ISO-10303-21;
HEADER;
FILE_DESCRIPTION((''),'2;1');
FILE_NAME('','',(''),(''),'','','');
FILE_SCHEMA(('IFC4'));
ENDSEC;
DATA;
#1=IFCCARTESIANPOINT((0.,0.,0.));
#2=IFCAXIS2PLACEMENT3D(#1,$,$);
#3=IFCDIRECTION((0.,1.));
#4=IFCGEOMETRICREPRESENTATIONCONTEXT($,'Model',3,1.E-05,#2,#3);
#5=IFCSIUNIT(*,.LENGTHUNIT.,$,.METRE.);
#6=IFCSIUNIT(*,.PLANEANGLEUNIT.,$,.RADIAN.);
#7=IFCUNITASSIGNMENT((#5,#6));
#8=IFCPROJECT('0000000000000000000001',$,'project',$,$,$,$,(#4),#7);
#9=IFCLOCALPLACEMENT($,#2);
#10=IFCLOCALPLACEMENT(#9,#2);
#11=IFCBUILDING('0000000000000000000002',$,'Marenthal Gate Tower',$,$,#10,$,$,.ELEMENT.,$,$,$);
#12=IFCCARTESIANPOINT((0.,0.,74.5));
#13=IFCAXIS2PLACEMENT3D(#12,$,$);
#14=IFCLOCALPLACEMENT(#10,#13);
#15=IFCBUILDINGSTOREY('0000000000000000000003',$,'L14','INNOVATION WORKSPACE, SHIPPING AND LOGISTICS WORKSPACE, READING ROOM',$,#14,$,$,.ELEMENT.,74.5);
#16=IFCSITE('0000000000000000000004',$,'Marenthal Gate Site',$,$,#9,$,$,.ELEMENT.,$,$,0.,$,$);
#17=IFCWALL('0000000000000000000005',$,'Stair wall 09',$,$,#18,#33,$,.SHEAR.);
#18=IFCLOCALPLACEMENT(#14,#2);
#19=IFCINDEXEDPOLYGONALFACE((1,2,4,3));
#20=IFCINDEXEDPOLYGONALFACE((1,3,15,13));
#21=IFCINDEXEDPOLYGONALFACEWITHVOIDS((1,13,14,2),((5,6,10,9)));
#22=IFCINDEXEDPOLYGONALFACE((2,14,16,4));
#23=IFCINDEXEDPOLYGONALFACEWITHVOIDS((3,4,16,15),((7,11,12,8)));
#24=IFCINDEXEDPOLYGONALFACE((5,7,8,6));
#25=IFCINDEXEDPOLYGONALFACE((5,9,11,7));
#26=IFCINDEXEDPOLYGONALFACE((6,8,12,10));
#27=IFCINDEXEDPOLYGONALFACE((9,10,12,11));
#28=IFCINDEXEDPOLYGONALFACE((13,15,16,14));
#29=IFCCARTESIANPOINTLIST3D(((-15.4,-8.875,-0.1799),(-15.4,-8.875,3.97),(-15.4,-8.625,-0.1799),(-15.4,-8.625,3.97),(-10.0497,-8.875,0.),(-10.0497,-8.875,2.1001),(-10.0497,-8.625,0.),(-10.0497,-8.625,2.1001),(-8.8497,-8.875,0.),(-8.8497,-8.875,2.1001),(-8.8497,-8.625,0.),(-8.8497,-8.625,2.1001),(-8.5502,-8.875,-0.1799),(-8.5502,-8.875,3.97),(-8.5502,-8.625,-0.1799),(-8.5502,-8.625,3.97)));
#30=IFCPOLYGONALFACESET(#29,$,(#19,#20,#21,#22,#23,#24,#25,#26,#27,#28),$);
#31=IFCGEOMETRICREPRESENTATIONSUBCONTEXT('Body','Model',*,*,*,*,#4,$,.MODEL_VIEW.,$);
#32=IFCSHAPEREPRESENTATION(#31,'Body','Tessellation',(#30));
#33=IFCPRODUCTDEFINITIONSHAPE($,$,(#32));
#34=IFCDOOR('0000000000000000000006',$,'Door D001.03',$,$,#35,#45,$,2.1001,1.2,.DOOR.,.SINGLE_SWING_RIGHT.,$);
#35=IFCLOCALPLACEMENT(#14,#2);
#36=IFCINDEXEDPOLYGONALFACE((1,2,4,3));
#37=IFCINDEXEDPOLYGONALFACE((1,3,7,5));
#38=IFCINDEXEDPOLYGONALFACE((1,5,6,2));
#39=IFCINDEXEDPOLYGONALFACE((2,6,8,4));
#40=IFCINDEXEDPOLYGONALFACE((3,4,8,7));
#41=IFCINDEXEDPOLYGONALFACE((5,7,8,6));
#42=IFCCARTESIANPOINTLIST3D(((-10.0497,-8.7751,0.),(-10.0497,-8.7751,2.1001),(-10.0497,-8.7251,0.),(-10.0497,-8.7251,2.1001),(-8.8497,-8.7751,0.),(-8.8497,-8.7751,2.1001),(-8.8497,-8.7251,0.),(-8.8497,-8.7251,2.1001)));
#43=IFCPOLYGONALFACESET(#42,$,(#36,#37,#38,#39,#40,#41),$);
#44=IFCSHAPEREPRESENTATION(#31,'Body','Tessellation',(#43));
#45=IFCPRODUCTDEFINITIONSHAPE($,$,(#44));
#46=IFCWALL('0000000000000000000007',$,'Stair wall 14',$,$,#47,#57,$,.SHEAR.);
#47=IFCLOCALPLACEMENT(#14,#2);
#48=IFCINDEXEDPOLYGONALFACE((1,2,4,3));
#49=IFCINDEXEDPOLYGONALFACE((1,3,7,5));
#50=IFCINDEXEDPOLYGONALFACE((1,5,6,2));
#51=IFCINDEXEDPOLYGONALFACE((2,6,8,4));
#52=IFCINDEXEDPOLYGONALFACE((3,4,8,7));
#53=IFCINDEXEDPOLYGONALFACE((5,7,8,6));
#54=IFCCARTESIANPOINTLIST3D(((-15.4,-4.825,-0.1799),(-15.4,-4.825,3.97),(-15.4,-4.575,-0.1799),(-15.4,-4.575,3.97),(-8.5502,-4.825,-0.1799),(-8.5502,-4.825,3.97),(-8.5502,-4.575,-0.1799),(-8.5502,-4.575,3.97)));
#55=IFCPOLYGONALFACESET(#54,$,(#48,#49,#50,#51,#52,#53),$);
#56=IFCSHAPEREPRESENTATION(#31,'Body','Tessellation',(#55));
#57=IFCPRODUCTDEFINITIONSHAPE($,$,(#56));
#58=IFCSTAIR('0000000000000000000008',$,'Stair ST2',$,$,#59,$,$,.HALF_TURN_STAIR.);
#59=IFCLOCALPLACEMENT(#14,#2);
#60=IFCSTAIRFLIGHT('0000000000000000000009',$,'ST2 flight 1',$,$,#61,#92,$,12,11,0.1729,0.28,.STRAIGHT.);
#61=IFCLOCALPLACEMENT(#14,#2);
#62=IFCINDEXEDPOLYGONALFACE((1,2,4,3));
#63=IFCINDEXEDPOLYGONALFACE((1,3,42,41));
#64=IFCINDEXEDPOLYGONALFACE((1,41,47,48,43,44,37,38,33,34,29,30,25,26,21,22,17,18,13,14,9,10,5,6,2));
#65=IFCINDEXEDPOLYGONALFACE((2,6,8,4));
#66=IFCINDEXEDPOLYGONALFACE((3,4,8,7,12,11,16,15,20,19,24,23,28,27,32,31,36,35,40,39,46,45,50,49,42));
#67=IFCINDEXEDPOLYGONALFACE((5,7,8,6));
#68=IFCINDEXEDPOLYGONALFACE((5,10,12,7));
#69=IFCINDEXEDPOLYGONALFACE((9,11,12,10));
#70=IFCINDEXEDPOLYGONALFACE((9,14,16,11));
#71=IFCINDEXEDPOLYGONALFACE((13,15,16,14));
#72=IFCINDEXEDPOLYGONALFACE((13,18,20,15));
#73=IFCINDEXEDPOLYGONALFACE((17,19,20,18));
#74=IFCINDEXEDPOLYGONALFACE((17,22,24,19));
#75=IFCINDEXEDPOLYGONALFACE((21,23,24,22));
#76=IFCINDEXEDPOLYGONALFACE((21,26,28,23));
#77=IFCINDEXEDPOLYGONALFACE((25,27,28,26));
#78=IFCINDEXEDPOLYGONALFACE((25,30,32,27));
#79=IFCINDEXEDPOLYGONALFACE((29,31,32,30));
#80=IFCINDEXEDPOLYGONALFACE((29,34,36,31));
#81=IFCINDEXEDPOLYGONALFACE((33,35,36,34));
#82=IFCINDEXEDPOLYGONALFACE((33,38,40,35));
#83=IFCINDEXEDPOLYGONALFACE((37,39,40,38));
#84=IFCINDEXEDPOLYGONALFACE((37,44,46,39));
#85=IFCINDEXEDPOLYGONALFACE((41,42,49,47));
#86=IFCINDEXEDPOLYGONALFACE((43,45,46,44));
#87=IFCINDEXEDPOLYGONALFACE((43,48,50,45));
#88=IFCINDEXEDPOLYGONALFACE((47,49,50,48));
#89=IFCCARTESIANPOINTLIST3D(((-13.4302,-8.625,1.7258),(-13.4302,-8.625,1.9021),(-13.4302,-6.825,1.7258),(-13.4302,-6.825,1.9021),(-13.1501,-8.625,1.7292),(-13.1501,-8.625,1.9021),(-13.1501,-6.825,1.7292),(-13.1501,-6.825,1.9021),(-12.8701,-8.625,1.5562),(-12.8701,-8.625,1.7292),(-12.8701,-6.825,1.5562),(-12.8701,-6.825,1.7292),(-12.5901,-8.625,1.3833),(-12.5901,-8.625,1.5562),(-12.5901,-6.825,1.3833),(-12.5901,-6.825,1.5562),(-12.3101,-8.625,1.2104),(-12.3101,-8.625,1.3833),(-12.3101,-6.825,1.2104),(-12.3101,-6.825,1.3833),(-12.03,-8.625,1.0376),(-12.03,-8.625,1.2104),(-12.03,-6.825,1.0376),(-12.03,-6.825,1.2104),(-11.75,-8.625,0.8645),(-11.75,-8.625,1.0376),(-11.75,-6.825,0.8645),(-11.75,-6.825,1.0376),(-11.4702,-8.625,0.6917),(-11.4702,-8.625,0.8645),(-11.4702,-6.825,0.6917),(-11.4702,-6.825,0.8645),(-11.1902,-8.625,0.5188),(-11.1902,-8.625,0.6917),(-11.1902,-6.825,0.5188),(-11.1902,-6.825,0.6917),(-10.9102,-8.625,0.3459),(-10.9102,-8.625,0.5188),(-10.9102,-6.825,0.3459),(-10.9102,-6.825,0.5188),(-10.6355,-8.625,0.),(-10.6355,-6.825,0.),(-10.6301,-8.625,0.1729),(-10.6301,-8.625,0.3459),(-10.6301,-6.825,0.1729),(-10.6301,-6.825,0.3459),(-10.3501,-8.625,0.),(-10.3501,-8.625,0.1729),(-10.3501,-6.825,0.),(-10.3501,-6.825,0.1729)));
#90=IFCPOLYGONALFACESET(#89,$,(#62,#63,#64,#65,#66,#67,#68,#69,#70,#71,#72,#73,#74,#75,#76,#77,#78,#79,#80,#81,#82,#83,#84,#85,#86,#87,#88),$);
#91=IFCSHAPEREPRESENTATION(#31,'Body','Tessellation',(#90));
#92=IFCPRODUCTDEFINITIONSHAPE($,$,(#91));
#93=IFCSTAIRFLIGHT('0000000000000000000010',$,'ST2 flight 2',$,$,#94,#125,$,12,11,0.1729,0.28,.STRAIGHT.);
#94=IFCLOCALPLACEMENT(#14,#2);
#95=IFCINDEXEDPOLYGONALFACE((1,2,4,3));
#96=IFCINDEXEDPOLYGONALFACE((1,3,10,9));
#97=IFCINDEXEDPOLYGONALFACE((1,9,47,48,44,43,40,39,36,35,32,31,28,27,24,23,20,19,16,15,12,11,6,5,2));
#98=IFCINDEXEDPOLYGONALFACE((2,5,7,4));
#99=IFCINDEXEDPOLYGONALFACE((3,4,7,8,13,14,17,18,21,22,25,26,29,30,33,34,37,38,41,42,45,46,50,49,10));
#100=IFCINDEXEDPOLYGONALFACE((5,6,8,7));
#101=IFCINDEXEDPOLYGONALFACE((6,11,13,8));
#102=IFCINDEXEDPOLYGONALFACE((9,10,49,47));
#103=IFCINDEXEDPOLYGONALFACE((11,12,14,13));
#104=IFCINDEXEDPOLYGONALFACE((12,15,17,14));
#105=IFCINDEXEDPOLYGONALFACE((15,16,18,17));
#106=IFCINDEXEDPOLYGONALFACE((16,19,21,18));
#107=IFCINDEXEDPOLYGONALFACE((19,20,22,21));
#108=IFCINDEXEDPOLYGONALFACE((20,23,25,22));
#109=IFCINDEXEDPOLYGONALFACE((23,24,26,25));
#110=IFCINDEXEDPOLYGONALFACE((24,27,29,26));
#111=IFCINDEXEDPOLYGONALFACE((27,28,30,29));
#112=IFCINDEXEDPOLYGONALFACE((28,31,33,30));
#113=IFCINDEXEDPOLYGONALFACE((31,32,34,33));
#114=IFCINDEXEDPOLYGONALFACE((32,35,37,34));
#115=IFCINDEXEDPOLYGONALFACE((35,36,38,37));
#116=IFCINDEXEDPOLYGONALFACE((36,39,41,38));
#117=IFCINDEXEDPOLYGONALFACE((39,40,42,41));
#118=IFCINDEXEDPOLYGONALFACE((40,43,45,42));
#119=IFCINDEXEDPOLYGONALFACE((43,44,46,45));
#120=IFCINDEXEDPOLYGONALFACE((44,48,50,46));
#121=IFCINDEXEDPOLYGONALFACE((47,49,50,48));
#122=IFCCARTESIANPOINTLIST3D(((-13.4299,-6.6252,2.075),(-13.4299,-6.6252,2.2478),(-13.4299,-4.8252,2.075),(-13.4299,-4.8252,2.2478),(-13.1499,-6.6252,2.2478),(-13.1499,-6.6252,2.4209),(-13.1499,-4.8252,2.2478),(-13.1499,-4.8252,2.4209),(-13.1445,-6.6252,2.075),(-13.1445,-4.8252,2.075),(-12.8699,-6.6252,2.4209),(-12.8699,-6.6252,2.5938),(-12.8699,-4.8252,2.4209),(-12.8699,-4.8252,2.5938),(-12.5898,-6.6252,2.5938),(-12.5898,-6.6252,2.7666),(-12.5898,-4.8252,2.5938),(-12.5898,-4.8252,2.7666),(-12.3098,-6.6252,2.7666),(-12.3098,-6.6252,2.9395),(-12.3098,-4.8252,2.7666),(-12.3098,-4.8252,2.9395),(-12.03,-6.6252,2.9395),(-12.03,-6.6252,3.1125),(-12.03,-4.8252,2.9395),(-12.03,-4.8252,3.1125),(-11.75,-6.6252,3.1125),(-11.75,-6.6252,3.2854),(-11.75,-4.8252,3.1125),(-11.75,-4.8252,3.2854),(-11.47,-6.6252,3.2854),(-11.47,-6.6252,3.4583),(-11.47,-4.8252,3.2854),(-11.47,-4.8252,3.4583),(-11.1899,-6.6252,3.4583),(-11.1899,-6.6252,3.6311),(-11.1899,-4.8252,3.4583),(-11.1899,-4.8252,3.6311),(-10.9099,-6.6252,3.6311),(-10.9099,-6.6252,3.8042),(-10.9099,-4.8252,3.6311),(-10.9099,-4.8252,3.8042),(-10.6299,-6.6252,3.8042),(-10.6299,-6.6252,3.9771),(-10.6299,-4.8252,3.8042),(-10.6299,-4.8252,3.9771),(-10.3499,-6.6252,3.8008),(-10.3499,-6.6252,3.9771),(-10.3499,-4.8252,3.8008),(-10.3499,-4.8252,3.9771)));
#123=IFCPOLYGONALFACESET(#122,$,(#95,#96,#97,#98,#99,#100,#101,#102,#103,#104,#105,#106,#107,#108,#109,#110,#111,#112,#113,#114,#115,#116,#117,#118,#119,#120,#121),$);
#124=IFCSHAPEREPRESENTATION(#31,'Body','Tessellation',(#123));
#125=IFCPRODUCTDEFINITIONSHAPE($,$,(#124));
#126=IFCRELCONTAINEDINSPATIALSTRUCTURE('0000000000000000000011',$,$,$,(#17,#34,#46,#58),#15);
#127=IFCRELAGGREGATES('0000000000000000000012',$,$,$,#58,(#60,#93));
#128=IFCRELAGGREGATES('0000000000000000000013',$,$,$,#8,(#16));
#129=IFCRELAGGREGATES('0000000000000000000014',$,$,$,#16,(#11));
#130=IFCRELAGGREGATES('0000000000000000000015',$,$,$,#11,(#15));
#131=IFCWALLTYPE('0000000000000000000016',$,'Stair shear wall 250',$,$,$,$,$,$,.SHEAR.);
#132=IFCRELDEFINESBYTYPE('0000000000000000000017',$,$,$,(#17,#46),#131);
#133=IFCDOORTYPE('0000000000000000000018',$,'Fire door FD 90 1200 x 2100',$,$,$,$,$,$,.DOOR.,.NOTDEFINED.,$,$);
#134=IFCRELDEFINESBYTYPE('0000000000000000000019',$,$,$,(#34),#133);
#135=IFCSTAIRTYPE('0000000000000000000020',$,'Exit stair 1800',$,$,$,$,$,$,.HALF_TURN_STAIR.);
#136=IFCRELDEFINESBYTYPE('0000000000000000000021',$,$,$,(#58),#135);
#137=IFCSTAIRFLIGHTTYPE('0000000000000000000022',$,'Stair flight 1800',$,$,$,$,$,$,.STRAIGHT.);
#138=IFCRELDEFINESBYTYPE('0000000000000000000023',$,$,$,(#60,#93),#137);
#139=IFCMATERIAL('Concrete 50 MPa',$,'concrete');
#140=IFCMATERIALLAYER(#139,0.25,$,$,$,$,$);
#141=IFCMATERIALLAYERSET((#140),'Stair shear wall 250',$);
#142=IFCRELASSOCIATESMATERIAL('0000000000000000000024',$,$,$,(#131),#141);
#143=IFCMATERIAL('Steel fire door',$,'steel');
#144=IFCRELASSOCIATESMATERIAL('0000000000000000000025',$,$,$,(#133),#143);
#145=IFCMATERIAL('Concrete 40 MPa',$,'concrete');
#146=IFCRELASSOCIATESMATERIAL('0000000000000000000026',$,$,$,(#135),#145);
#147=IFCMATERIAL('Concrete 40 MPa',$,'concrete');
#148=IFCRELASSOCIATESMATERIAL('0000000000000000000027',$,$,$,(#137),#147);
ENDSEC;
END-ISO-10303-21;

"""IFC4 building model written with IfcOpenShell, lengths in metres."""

from ifc_helpers import new_model, si_unit, direction, frame, frame_2d, origin, place, context, subcontext, project, spatial, polyline, rectangle, outline, extrude, material, layer, layer_set, type_object, element, fill, aggregate, save


model = new_model("IFC4")

# Units and contexts
model_context = context("Model", 3, precision=1e-05, world=origin(), true_north=direction((0.0, 1.0)))
body_context = subcontext(model_context, "Body", "Model", "MODEL_VIEW")
ifc_project = project(units=[si_unit("LENGTHUNIT", "METRE"), si_unit("PLANEANGLEUNIT", "RADIAN")], contexts=[model_context])

# Site, building, storey
site_placement = place(None, origin())
site = spatial("IfcSite", under=ifc_project, at=site_placement, Name="Marenthal Gate Site", CompositionType="ELEMENT", RefElevation=0.0)
building_placement = place(site_placement, origin())
building = spatial("IfcBuilding", under=site, at=building_placement, Name="Marenthal Gate Tower", CompositionType="ELEMENT")
storey_placement = place(building_placement, frame((0.0, 0.0, 74.5)))
storey = spatial("IfcBuildingStorey", under=building, at=storey_placement, Name="L14", Description="INNOVATION WORKSPACE, SHIPPING AND LOGISTICS WORKSPACE, READING ROOM", CompositionType="ELEMENT", Elevation=74.5)

# Wall, opening, door
ifc_material_1 = material(Name="Concrete 50 MPa", Category="concrete")
ifc_layer_1 = layer(ifc_material_1, 0.25)
ifc_layer_set_1 = layer_set([ifc_layer_1], Name="Stair shear wall 250")
wall_type_1 = type_object("IfcWallType", Name="Stair shear wall 250", PredefinedType="SHEAR", material=ifc_layer_set_1)
wall_1_placement = place(storey_placement, frame((-15.3999, -8.75, -0.1799), z_axis=(0.0, 0.0, 1.0), x_axis=(1.0, 0.0, 0.0)))
wall_1 = element("IfcWall", 1, at=wall_1_placement, inside=storey, type_object=wall_type_1, Name="Stair wall 09", PredefinedType="SHEAR", context=body_context, shape_type="SweptSolid", body=[
    extrude(rectangle(XDim=6.8499, YDim=0.25, at=frame_2d((3.4248, 0.0))), origin(), (0.0, 0.0, 1.0), 4.1499),
])
opening_1_placement = place(wall_1_placement, frame((5.3501, 0.0, 0.1799)))
opening_1 = element("IfcOpeningElement", 2, at=opening_1_placement, cuts=wall_1, PredefinedType="OPENING", context=body_context, shape_type="SweptSolid", body=[
    extrude(rectangle(XDim=1.2, YDim=2.1001, at=frame_2d((0.6001, 1.05))), frame((0.0, 0.135, 0.0), z_axis=(0.0, -1.0, 0.0), x_axis=(1.0, 0.0, 0.0)), (0.0, 0.0, 1.0), 0.27),
])
ifc_material_2 = material(Name="Steel fire door", Category="steel")
door_type_1 = type_object("IfcDoorType", Name="Fire door FD 90 1200 x 2100", OperationType="NOTDEFINED", PredefinedType="DOOR", material=ifc_material_2)
door_1_placement = place(opening_1_placement, origin())
door_1 = element("IfcDoor", 3, at=door_1_placement, inside=storey, type_object=door_type_1, Name="Door D001.03", OperationType="SINGLE_SWING_RIGHT", OverallHeight=2.1001, OverallWidth=1.2, PredefinedType="DOOR", context=body_context, shape_type="SweptSolid", body=[
    extrude(rectangle(XDim=1.2, YDim=2.1001, at=frame_2d((0.6001, 1.05))), frame((0.0, 0.0249, 0.0), z_axis=(0.0, -1.0, 0.0), x_axis=(1.0, 0.0, 0.0)), (0.0, 0.0, 1.0), 0.05),
])
fill(opening_1, door_1)

# Wall
wall_2_placement = place(storey_placement, frame((-15.3999, -4.7, -0.1799), z_axis=(0.0, 0.0, 1.0), x_axis=(1.0, 0.0, 0.0)))
element("IfcWall", 4, at=wall_2_placement, inside=storey, type_object=wall_type_1, Name="Stair wall 14", PredefinedType="SHEAR", context=body_context, shape_type="SweptSolid", body=[
    extrude(rectangle(XDim=6.8499, YDim=0.25, at=frame_2d((3.4248, 0.0))), origin(), (0.0, 0.0, 1.0), 4.1499),
])

# Stair, stair flights
ifc_material_3 = material(Name="Concrete 40 MPa", Category="concrete")
stair_type = type_object("IfcStairType", Name="Exit stair 1800", PredefinedType="HALF_TURN_STAIR", material=ifc_material_3)
stair_placement = place(storey_placement, origin())
stair = element("IfcStair", 5, at=stair_placement, inside=storey, type_object=stair_type, Name="Stair ST2", PredefinedType="HALF_TURN_STAIR")
ifc_material_4 = material(Name="Concrete 40 MPa", Category="concrete")
stair_flight_type = type_object("IfcStairFlightType", Name="Stair flight 1800", PredefinedType="STRAIGHT", material=ifc_material_4)
stair_flight_1_placement = place(storey_placement, frame((-10.3501, -7.7251, 0.0), z_axis=(0.0, 0.0, 1.0), x_axis=(-1.0, 0.0, 0.0)))
stair_flight_1 = element("IfcStairFlight", 6, at=stair_flight_1_placement, type_object=stair_flight_type, Name="ST2 flight 1", NumberOfRisers=12, NumberOfTreads=11, PredefinedType="STRAIGHT", RiserHeight=0.1729, TreadLength=0.28, context=body_context, shape_type="SweptSolid", body=[
    extrude(outline(polyline([(0.0, 0.0), (0.0, 0.1729), (0.28, 0.1729), (0.28, 0.3459), (0.5601, 0.3459), (0.5601, 0.5188), (0.8401, 0.5188), (0.8401, 0.6917), (1.1201, 0.6917), (1.1201, 0.8645), (1.3999, 0.8645), (1.3999, 1.0376), (1.6799, 1.0376), (1.6799, 1.2104), (1.96, 1.2104), (1.96, 1.3833), (2.24, 1.3833), (2.24, 1.5562), (2.52, 1.5562), (2.52, 1.7292), (2.8, 1.7292), (2.8, 1.9021), (3.0801, 1.9021), (3.0801, 2.075), (3.0801, 1.7258), (0.2854, 0.0), (0.0, 0.0)])), frame((0.0, 0.8999, 0.0), z_axis=(0.0, -1.0, 0.0), x_axis=(1.0, 0.0, 0.0)), (0.0, 0.0, 1.0), 1.8),
])
stair_flight_2_placement = place(storey_placement, frame((-13.4299, -5.7251, 2.075), z_axis=(0.0, 0.0, 1.0), x_axis=(1.0, 0.0, 0.0)))
stair_flight_2 = element("IfcStairFlight", 7, at=stair_flight_2_placement, type_object=stair_flight_type, Name="ST2 flight 2", NumberOfRisers=12, NumberOfTreads=11, PredefinedType="STRAIGHT", RiserHeight=0.1729, TreadLength=0.28, context=body_context, shape_type="SweptSolid", body=[
    extrude(outline(polyline([(0.0, 0.0), (0.0, 0.1729), (0.28, 0.1729), (0.28, 0.3459), (0.5601, 0.3459), (0.5601, 0.5188), (0.8401, 0.5188), (0.8401, 0.6917), (1.1201, 0.6917), (1.1201, 0.8645), (1.3999, 0.8645), (1.3999, 1.0376), (1.6799, 1.0376), (1.6799, 1.2104), (1.96, 1.2104), (1.96, 1.3833), (2.24, 1.3833), (2.24, 1.5562), (2.52, 1.5562), (2.52, 1.7292), (2.8, 1.7292), (2.8, 1.9021), (3.0801, 1.9021), (3.0801, 2.075), (3.0801, 1.7258), (0.2854, 0.0), (0.0, 0.0)])), frame((0.0, 0.8999, 0.0), z_axis=(0.0, -1.0, 0.0), x_axis=(1.0, 0.0, 0.0)), (0.0, 0.0, 1.0), 1.8),
])
aggregate(stair, [stair_flight_1, stair_flight_2])

save(model, "model.ifc")
